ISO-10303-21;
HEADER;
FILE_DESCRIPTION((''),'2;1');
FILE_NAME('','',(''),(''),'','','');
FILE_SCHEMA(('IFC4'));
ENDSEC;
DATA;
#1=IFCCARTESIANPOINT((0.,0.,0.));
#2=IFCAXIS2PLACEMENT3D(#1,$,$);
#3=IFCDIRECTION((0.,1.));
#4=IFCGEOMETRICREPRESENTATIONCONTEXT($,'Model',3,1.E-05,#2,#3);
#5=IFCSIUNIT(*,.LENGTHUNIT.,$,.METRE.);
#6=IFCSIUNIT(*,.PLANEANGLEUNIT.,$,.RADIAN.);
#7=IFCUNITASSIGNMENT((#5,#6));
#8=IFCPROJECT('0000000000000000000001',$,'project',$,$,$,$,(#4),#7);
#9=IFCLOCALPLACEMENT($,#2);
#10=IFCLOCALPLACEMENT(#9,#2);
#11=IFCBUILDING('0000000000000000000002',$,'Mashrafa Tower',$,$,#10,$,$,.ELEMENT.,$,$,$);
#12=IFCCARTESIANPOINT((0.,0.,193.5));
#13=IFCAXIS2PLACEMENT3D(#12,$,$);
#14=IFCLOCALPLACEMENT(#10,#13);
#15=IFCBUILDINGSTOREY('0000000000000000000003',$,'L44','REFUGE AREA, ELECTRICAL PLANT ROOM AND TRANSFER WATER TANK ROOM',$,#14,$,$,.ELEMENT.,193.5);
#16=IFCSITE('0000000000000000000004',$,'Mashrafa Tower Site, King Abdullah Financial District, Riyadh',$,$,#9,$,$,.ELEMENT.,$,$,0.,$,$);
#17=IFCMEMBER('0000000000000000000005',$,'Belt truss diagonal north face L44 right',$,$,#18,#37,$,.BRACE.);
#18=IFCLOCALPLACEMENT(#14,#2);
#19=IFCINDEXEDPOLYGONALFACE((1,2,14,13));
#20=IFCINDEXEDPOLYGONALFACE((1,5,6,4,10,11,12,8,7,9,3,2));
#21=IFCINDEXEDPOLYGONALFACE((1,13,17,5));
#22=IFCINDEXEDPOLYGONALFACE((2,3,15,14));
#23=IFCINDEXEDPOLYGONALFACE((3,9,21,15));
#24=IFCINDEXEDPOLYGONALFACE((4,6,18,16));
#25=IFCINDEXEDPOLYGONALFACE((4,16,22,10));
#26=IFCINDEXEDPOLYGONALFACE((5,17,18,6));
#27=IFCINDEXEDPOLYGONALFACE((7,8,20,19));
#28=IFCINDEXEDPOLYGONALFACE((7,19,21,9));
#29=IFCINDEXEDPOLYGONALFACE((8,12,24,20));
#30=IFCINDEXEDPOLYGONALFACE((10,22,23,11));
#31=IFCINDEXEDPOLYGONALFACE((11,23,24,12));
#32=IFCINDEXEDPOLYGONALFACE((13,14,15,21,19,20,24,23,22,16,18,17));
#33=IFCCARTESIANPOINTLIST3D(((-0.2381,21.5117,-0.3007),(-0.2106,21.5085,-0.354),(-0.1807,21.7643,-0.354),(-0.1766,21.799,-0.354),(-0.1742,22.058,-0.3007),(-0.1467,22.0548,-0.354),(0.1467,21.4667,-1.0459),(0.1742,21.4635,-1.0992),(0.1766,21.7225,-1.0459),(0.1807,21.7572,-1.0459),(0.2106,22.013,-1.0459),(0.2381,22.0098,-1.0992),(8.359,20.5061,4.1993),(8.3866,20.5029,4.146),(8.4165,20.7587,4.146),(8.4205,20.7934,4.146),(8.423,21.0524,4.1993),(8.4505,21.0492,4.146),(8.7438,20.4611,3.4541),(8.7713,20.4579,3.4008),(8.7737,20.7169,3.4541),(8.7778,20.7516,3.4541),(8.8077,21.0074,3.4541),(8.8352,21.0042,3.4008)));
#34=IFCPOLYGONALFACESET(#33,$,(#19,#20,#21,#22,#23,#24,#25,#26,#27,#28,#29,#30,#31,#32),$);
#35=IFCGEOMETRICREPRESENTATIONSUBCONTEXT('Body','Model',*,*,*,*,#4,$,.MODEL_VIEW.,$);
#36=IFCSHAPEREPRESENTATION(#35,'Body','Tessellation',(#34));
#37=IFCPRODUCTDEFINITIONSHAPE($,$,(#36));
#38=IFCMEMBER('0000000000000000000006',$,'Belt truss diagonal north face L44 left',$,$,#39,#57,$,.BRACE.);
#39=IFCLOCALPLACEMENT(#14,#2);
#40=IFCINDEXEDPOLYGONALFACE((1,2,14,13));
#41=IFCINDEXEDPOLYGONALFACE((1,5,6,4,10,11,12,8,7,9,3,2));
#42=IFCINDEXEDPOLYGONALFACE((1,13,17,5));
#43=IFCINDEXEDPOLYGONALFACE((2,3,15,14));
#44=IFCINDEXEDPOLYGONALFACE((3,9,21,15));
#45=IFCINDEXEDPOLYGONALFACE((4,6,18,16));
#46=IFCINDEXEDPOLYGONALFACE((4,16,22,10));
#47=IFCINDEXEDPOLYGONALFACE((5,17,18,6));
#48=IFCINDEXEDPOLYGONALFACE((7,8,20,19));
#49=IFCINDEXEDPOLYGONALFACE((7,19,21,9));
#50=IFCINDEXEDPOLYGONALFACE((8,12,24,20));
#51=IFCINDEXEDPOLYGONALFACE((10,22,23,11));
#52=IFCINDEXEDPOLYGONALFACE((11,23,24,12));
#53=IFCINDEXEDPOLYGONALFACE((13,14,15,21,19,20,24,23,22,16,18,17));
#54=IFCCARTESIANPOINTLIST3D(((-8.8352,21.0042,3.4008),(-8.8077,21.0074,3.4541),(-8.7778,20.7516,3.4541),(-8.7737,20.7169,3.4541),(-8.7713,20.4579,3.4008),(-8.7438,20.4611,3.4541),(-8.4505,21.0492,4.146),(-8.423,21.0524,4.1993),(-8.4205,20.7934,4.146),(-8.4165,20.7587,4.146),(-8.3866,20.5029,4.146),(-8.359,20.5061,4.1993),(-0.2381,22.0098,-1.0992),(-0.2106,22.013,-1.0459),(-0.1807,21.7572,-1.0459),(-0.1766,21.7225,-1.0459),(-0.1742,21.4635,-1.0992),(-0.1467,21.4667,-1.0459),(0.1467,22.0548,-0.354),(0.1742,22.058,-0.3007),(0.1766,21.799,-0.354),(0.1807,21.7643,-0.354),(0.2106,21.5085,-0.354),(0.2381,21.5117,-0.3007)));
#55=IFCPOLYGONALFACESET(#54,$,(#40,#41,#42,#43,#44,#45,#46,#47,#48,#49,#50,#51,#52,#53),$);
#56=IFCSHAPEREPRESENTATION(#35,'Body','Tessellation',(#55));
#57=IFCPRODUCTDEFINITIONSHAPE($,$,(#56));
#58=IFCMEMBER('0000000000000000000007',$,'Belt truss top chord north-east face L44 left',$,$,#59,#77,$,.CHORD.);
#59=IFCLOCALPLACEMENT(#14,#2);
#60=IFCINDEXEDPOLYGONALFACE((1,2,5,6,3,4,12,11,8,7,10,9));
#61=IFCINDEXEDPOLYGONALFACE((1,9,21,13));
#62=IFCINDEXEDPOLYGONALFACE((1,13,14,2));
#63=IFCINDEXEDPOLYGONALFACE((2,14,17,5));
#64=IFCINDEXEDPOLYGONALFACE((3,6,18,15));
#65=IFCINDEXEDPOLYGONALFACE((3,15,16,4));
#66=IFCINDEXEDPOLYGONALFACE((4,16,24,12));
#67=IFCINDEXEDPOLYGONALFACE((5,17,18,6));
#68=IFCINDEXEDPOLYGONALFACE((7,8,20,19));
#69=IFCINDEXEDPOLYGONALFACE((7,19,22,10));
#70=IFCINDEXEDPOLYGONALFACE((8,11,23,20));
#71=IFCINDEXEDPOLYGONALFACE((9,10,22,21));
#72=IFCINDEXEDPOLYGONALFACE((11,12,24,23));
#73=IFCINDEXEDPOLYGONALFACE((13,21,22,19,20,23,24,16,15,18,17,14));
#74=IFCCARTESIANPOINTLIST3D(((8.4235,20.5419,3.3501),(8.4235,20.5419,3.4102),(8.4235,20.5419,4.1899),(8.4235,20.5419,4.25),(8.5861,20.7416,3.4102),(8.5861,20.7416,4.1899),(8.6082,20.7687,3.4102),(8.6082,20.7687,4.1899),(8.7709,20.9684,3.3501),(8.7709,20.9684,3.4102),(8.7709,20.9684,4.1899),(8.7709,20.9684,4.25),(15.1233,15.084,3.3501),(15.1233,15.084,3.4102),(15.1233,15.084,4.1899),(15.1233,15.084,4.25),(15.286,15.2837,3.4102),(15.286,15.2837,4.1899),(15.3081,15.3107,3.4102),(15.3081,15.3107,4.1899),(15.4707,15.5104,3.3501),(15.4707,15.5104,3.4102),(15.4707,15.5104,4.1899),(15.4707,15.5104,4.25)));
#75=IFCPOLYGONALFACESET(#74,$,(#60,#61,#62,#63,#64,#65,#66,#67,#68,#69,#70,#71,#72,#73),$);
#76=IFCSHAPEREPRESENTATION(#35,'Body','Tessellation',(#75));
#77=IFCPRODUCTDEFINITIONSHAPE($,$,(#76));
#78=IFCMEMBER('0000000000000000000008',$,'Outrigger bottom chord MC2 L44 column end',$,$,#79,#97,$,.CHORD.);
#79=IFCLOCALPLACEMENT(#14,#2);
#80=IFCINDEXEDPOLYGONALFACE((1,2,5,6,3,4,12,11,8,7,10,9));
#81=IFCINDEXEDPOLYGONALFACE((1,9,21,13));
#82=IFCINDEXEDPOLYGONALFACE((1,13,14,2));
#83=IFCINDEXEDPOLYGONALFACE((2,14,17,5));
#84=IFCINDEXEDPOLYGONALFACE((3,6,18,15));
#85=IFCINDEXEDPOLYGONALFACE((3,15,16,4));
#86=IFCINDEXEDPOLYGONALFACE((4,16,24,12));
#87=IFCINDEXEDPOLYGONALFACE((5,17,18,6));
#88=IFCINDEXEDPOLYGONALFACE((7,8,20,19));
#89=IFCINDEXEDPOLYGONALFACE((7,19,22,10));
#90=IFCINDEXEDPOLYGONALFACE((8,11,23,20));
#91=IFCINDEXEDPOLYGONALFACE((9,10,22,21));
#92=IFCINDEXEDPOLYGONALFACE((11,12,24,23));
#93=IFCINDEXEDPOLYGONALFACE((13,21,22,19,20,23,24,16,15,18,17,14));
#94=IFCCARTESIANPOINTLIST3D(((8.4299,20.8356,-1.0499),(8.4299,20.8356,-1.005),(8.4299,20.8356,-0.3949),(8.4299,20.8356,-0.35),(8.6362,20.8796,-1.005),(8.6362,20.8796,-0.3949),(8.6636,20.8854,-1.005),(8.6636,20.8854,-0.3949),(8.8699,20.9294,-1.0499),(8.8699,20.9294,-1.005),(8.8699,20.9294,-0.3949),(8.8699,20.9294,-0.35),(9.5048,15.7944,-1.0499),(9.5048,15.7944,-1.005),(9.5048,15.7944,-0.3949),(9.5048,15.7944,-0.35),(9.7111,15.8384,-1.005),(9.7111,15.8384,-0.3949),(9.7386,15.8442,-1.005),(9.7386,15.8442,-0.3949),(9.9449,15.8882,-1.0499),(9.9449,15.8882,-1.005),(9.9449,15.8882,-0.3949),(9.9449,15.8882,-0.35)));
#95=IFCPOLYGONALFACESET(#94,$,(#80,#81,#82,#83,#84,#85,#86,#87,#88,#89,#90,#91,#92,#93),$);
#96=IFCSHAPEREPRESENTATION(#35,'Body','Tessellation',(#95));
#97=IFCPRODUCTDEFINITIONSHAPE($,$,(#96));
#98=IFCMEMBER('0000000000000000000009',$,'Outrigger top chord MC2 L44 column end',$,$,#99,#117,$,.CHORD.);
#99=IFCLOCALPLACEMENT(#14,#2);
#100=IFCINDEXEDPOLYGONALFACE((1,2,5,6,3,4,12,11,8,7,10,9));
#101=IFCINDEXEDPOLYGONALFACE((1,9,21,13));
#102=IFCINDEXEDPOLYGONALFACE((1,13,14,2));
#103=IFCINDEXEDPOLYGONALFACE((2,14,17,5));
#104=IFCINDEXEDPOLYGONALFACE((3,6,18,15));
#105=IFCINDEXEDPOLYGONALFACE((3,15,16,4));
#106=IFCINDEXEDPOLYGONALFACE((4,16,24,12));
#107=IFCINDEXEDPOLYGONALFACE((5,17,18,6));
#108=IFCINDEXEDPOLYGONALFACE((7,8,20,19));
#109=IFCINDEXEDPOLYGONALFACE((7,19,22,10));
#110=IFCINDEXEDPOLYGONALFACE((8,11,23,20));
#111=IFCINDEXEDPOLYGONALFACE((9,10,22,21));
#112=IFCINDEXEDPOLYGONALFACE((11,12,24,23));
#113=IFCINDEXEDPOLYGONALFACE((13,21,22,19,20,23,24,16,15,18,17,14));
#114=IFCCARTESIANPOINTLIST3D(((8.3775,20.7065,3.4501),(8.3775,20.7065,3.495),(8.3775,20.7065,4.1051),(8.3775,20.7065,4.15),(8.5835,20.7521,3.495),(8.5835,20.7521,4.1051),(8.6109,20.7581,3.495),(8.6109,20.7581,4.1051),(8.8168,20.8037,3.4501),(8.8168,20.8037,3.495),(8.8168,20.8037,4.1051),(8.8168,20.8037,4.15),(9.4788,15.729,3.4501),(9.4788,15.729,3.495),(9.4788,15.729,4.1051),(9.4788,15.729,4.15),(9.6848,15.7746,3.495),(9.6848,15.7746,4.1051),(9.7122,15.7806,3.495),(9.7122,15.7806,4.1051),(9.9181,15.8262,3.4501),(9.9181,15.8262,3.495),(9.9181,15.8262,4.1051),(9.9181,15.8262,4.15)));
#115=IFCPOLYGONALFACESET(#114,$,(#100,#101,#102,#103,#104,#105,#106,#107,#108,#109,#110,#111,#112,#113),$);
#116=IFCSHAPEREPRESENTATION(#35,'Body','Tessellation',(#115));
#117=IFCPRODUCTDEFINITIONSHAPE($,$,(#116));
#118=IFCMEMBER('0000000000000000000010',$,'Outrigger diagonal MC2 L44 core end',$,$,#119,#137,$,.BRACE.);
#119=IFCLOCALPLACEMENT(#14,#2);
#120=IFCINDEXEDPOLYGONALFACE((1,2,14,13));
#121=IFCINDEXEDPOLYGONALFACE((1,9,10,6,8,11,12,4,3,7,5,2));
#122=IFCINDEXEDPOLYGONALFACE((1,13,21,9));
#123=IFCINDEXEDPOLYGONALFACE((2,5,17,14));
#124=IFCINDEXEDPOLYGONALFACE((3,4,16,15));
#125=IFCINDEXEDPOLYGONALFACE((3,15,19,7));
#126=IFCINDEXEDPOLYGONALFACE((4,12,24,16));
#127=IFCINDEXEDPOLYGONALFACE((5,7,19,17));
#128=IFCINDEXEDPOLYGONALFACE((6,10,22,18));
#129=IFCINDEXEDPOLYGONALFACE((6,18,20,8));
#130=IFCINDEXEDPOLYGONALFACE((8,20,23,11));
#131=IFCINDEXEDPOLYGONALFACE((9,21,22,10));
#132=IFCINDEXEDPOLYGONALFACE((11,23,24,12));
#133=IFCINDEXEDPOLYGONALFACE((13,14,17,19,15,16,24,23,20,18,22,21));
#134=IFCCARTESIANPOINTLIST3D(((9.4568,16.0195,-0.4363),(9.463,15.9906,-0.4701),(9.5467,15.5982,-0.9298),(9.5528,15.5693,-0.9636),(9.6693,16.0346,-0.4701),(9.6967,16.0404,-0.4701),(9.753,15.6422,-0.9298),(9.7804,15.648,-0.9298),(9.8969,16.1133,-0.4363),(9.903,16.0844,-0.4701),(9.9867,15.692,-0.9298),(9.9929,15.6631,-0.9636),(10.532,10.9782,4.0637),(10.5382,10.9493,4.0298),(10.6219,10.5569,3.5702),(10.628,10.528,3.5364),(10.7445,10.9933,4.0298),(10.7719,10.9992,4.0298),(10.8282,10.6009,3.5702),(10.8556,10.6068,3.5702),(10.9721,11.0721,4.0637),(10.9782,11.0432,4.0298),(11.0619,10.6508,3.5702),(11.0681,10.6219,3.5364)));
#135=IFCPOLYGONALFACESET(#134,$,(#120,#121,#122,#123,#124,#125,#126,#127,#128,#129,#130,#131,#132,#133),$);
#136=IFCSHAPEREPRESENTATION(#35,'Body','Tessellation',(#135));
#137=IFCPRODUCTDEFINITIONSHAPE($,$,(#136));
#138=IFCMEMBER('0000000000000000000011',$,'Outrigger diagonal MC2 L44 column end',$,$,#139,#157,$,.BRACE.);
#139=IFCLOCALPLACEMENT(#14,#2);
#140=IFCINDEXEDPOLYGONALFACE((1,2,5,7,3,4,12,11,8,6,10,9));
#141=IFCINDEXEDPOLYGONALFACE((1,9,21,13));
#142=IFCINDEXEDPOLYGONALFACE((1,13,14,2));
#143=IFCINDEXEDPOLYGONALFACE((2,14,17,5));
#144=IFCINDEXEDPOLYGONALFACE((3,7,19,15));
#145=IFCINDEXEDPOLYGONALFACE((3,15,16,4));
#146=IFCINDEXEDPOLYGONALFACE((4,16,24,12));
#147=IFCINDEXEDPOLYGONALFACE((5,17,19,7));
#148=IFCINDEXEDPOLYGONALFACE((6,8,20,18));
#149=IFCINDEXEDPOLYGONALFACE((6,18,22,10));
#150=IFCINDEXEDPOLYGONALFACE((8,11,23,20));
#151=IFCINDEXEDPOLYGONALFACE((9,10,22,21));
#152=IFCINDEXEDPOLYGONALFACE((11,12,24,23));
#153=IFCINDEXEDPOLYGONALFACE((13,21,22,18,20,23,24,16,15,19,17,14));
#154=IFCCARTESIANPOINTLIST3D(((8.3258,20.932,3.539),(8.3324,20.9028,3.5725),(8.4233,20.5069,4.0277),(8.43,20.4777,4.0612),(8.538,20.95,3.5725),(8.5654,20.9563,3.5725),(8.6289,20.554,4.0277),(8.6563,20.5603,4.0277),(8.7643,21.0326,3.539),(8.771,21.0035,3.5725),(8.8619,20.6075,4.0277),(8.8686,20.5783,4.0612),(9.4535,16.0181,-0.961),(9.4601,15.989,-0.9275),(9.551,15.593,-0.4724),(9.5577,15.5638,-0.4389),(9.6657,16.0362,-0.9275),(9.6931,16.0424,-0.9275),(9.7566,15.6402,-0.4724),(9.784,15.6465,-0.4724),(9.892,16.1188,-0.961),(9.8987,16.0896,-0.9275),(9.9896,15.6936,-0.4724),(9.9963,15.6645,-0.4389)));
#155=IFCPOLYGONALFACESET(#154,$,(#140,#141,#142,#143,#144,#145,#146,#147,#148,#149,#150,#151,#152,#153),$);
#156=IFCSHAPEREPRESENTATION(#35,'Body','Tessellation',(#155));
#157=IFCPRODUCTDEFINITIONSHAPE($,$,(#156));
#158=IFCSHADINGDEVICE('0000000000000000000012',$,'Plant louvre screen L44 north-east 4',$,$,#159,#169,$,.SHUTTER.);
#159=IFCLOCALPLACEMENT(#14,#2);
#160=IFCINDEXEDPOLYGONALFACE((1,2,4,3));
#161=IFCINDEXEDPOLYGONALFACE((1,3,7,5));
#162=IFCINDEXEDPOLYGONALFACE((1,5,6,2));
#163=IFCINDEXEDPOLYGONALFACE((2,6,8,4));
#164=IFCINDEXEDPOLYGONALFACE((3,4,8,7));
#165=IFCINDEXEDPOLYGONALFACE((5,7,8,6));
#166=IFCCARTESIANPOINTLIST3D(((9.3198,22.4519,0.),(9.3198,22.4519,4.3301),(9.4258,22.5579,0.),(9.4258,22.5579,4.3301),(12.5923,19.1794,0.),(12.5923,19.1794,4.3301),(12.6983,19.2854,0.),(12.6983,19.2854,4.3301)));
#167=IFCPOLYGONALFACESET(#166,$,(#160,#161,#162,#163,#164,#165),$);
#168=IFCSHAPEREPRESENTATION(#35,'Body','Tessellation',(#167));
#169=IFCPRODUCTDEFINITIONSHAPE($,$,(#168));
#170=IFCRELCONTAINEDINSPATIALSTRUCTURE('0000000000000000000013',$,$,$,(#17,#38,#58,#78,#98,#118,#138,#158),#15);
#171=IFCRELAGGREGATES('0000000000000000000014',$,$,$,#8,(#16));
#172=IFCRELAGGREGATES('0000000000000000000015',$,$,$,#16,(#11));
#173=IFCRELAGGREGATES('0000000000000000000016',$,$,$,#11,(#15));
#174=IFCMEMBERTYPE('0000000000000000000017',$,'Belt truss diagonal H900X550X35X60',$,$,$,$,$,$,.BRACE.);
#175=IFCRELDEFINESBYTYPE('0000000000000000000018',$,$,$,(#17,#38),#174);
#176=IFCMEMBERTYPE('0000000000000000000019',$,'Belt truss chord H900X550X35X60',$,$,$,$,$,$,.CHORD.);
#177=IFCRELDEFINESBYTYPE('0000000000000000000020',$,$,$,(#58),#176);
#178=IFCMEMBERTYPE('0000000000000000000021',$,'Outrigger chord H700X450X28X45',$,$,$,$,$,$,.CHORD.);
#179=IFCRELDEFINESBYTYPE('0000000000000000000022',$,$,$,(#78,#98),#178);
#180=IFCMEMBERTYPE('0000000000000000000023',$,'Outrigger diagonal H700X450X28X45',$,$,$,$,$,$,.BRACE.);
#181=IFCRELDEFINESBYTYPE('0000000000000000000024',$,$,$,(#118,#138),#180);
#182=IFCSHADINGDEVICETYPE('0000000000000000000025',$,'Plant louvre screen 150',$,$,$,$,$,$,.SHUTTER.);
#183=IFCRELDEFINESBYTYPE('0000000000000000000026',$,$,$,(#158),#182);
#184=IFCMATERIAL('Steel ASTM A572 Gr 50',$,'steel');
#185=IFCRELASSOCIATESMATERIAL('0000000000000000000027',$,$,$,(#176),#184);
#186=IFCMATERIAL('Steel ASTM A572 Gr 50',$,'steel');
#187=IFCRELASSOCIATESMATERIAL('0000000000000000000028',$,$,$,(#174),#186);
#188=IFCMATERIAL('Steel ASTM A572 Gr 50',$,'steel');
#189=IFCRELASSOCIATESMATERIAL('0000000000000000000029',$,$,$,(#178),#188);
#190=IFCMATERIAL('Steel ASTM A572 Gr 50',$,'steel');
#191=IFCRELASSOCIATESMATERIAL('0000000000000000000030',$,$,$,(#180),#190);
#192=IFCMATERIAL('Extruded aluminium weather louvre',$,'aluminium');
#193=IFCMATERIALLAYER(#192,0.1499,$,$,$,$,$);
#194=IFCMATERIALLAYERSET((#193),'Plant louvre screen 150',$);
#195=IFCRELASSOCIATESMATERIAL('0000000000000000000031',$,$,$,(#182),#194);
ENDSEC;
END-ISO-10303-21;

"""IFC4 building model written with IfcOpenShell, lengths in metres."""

from ifc_helpers import new_model, si_unit, direction, frame, origin, origin_2d, place, context, subcontext, project, spatial, rectangle, i_section, extrude, source, transform, mapped, material, layer, layer_set, material_profile, profile_set, type_object, type_shapes, element, save


model = new_model("IFC4")

# Units and contexts
model_context = context("Model", 3, precision=1e-05, world=origin(), true_north=direction((0.0, 1.0)))
body_context = subcontext(model_context, "Body", "Model", "MODEL_VIEW")
ifc_project = project(units=[si_unit("LENGTHUNIT", "METRE"), si_unit("PLANEANGLEUNIT", "RADIAN")], contexts=[model_context])

# Site, building, storey
site_placement = place(None, origin())
site = spatial("IfcSite", under=ifc_project, at=site_placement, Name="Mashrafa Tower Site, King Abdullah Financial District, Riyadh", CompositionType="ELEMENT", RefElevation=0.0)
building_placement = place(site_placement, origin())
building = spatial("IfcBuilding", under=site, at=building_placement, Name="Mashrafa Tower", CompositionType="ELEMENT")
storey_placement = place(building_placement, frame((0.0, 0.0, 193.5)))
storey = spatial("IfcBuildingStorey", under=building, at=storey_placement, Name="L44", Description="REFUGE AREA, ELECTRICAL PLANT ROOM AND TRANSFER WATER TANK ROOM", CompositionType="ELEMENT", Elevation=193.5)

# Members
ifc_material_1 = material(Name="Steel ASTM A572 Gr 50", Category="steel")
ifc_material_profile_1 = material_profile(ifc_material_1, i_section(OverallWidth=0.55, OverallDepth=0.8999, WebThickness=0.0349, FlangeThickness=0.0601, at=origin_2d()), Name="H900X550X35X60")
ifc_profile_set_1 = profile_set([ifc_material_profile_1], Name="Steel ASTM A572 Gr 50")
member_type_1 = type_object("IfcMemberType", Name="Belt truss chord H900X550X35X60", PredefinedType="CHORD", material=ifc_profile_set_1)
ifc_material_2 = material(Name="Steel ASTM A572 Gr 50", Category="steel")
ifc_material_profile_2 = material_profile(ifc_material_2, i_section(OverallWidth=0.55, OverallDepth=0.8999, WebThickness=0.0349, FlangeThickness=0.0601, at=origin_2d()), Name="H900X550X35X60")
ifc_profile_set_2 = profile_set([ifc_material_profile_2], Name="Steel ASTM A572 Gr 50")
member_type_2 = type_object("IfcMemberType", Name="Belt truss diagonal H900X550X35X60", PredefinedType="BRACE", material=ifc_profile_set_2)
shared_shape_1 = source(origin(), body_context, "Body", "SweptSolid", [
    extrude(i_section(OverallWidth=0.55, OverallDepth=0.8999, WebThickness=0.0349, FlangeThickness=0.0601, at=origin_2d()), origin(), (0.0, 0.0, 1.0), 9.7556),
])
type_shapes(member_type_2, [shared_shape_1])
for number, where, z_axis, x_axis, name in (
    (1, (0.0, 21.7607, -0.7), (0.881251, -0.10308, 0.461272), (0.116178, 0.993228, 0.0), "Belt truss diagonal north face L44 right"),
    (2, (0.0, 21.7607, -0.7), (-0.881251, -0.10308, 0.461272), (0.116178, -0.993228, 0.0), "Belt truss diagonal north face L44 left"),
):
    element("IfcMember", number, at=place(storey_placement, frame(where, z_axis=z_axis, x_axis=x_axis)), inside=storey, type_object=member_type_2, Name=name, PredefinedType="BRACE", context=body_context, shape_type="MappedRepresentation", body=[
        mapped(shared_shape_1, transform((0.0, 0.0, 0.0))),
    ])
shared_shape_2 = source(origin(), body_context, "Body", "SweptSolid", [
    extrude(i_section(OverallWidth=0.55, OverallDepth=0.8999, WebThickness=0.0349, FlangeThickness=0.0601, at=origin_2d()), origin(), (0.0, 0.0, 1.0), 8.6416),
])
member_1_placement = place(storey_placement, frame((8.5972, 20.7551, 3.8), z_axis=(0.775304, -0.631589, 0.0), x_axis=(0.631589, 0.775304, 0.0)))
element("IfcMember", 3, at=member_1_placement, inside=storey, type_object=member_type_1, Name="Belt truss top chord north-east face L44 left", PredefinedType="CHORD", context=body_context, shape_type="MappedRepresentation", body=[
    mapped(shared_shape_2, transform((0.0, 0.0, 0.0))),
])
ifc_material_3 = material(Name="Steel ASTM A572 Gr 50", Category="steel")
ifc_material_profile_3 = material_profile(ifc_material_3, i_section(OverallWidth=0.45, OverallDepth=0.7, WebThickness=0.0281, FlangeThickness=0.0449, at=origin_2d()), Name="H700X450X28X45")
ifc_profile_set_3 = profile_set([ifc_material_profile_3], Name="Steel ASTM A572 Gr 50")
member_type_3 = type_object("IfcMemberType", Name="Outrigger chord H700X450X28X45", PredefinedType="CHORD", material=ifc_profile_set_3)
shared_shape_3 = source(origin(), body_context, "Body", "SweptSolid", [
    extrude(i_section(OverallWidth=0.45, OverallDepth=0.7, WebThickness=0.0281, FlangeThickness=0.0449, at=origin_2d()), origin(), (0.0, 0.0, 1.0), 5.1545),
])
member_2_placement = place(storey_placement, frame((9.7249, 15.8413, -0.7), z_axis=(-0.208542, 0.978013, 0.0), x_axis=(-0.978013, -0.208542, 0.0)))
element("IfcMember", 4, at=member_2_placement, inside=storey, type_object=member_type_3, Name="Outrigger bottom chord MC2 L44 column end", PredefinedType="CHORD", context=body_context, shape_type="MappedRepresentation", body=[
    mapped(shared_shape_3, transform((0.0, 0.0, 0.0))),
])
shared_shape_4 = source(origin(), body_context, "Body", "SweptSolid", [
    extrude(i_section(OverallWidth=0.45, OverallDepth=0.7, WebThickness=0.0281, FlangeThickness=0.0449, at=origin_2d()), origin(), (0.0, 0.0, 1.0), 5.0979),
])
type_shapes(member_type_3, [shared_shape_3, shared_shape_4])
member_3_placement = place(storey_placement, frame((9.6985, 15.7776, 3.8), z_axis=(-0.216033, 0.976386, 0.0), x_axis=(-0.976386, -0.216033, 0.0)))
element("IfcMember", 5, at=member_3_placement, inside=storey, type_object=member_type_3, Name="Outrigger top chord MC2 L44 column end", PredefinedType="CHORD", context=body_context, shape_type="MappedRepresentation", body=[
    mapped(shared_shape_4, transform((0.0, 0.0, 0.0))),
])
ifc_material_4 = material(Name="Steel ASTM A572 Gr 50", Category="steel")
ifc_material_profile_4 = material_profile(ifc_material_4, i_section(OverallWidth=0.45, OverallDepth=0.7, WebThickness=0.0281, FlangeThickness=0.0449, at=origin_2d()), Name="H700X450X28X45")
ifc_profile_set_4 = profile_set([ifc_material_profile_4], Name="Steel ASTM A572 Gr 50")
member_type_4 = type_object("IfcMemberType", Name="Outrigger diagonal H700X450X28X45", PredefinedType="BRACE", material=ifc_profile_set_4)
shared_shape_5 = source(origin(), body_context, "Body", "SweptSolid", [
    extrude(i_section(OverallWidth=0.45, OverallDepth=0.7, WebThickness=0.0281, FlangeThickness=0.0449, at=origin_2d()), origin(), (0.0, 0.0, 1.0), 6.8425),
])
member_4_placement = place(storey_placement, frame((9.7249, 15.8413, -0.7), z_axis=(0.157134, -0.736753, 0.657651), x_axis=(0.978004, 0.208588, 0.0)))
element("IfcMember", 6, at=member_4_placement, inside=storey, type_object=member_type_4, Name="Outrigger diagonal MC2 L44 core end", PredefinedType="BRACE", context=body_context, shape_type="MappedRepresentation", body=[
    mapped(shared_shape_5, transform((0.0, 0.0, 0.0))),
])
shared_shape_6 = source(origin(), body_context, "Body", "SweptSolid", [
    extrude(i_section(OverallWidth=0.45, OverallDepth=0.7, WebThickness=0.0281, FlangeThickness=0.0449, at=origin_2d()), origin(), (0.0, 0.0, 1.0), 6.7578),
])
type_shapes(member_type_4, [shared_shape_5, shared_shape_6])
member_5_placement = place(storey_placement, frame((9.7249, 15.8413, -0.7), z_axis=(-0.166873, 0.727137, 0.665901), x_axis=(-0.974663, -0.223678, 0.0)))
element("IfcMember", 7, at=member_5_placement, inside=storey, type_object=member_type_4, Name="Outrigger diagonal MC2 L44 column end", PredefinedType="BRACE", context=body_context, shape_type="MappedRepresentation", body=[
    mapped(shared_shape_6, transform((0.0, 0.0, 0.0))),
])

# Shading device
ifc_material_5 = material(Name="Extruded aluminium weather louvre", Category="aluminium")
ifc_layer = layer(ifc_material_5, 0.1499)
ifc_layer_set = layer_set([ifc_layer], Name="Plant louvre screen 150")
shading_device_type = type_object("IfcShadingDeviceType", Name="Plant louvre screen 150", PredefinedType="SHUTTER", material=ifc_layer_set)
shared_shape_7 = source(origin(), body_context, "Body", "SweptSolid", [
    extrude(rectangle(XDim=4.6279, YDim=0.1499, at=origin_2d()), origin(), (0.0, 0.0, 1.0), 4.3301),
])
type_shapes(shading_device_type, [shared_shape_7])
for number, where, z_axis, x_axis, name in (
    (8, (11.009, 20.8687, 0.0), (0.0, 0.0, 1.0), (-0.707107, 0.707107, 0.0), "Plant louvre screen L44 north-east 4"),
):
    element("IfcShadingDevice", number, at=place(storey_placement, frame(where, z_axis=z_axis, x_axis=x_axis)), inside=storey, type_object=shading_device_type, Name=name, PredefinedType="SHUTTER", context=body_context, shape_type="MappedRepresentation", body=[
        mapped(shared_shape_7, transform((0.0, 0.0, 0.0))),
    ])

save(model, "model.ifc")
